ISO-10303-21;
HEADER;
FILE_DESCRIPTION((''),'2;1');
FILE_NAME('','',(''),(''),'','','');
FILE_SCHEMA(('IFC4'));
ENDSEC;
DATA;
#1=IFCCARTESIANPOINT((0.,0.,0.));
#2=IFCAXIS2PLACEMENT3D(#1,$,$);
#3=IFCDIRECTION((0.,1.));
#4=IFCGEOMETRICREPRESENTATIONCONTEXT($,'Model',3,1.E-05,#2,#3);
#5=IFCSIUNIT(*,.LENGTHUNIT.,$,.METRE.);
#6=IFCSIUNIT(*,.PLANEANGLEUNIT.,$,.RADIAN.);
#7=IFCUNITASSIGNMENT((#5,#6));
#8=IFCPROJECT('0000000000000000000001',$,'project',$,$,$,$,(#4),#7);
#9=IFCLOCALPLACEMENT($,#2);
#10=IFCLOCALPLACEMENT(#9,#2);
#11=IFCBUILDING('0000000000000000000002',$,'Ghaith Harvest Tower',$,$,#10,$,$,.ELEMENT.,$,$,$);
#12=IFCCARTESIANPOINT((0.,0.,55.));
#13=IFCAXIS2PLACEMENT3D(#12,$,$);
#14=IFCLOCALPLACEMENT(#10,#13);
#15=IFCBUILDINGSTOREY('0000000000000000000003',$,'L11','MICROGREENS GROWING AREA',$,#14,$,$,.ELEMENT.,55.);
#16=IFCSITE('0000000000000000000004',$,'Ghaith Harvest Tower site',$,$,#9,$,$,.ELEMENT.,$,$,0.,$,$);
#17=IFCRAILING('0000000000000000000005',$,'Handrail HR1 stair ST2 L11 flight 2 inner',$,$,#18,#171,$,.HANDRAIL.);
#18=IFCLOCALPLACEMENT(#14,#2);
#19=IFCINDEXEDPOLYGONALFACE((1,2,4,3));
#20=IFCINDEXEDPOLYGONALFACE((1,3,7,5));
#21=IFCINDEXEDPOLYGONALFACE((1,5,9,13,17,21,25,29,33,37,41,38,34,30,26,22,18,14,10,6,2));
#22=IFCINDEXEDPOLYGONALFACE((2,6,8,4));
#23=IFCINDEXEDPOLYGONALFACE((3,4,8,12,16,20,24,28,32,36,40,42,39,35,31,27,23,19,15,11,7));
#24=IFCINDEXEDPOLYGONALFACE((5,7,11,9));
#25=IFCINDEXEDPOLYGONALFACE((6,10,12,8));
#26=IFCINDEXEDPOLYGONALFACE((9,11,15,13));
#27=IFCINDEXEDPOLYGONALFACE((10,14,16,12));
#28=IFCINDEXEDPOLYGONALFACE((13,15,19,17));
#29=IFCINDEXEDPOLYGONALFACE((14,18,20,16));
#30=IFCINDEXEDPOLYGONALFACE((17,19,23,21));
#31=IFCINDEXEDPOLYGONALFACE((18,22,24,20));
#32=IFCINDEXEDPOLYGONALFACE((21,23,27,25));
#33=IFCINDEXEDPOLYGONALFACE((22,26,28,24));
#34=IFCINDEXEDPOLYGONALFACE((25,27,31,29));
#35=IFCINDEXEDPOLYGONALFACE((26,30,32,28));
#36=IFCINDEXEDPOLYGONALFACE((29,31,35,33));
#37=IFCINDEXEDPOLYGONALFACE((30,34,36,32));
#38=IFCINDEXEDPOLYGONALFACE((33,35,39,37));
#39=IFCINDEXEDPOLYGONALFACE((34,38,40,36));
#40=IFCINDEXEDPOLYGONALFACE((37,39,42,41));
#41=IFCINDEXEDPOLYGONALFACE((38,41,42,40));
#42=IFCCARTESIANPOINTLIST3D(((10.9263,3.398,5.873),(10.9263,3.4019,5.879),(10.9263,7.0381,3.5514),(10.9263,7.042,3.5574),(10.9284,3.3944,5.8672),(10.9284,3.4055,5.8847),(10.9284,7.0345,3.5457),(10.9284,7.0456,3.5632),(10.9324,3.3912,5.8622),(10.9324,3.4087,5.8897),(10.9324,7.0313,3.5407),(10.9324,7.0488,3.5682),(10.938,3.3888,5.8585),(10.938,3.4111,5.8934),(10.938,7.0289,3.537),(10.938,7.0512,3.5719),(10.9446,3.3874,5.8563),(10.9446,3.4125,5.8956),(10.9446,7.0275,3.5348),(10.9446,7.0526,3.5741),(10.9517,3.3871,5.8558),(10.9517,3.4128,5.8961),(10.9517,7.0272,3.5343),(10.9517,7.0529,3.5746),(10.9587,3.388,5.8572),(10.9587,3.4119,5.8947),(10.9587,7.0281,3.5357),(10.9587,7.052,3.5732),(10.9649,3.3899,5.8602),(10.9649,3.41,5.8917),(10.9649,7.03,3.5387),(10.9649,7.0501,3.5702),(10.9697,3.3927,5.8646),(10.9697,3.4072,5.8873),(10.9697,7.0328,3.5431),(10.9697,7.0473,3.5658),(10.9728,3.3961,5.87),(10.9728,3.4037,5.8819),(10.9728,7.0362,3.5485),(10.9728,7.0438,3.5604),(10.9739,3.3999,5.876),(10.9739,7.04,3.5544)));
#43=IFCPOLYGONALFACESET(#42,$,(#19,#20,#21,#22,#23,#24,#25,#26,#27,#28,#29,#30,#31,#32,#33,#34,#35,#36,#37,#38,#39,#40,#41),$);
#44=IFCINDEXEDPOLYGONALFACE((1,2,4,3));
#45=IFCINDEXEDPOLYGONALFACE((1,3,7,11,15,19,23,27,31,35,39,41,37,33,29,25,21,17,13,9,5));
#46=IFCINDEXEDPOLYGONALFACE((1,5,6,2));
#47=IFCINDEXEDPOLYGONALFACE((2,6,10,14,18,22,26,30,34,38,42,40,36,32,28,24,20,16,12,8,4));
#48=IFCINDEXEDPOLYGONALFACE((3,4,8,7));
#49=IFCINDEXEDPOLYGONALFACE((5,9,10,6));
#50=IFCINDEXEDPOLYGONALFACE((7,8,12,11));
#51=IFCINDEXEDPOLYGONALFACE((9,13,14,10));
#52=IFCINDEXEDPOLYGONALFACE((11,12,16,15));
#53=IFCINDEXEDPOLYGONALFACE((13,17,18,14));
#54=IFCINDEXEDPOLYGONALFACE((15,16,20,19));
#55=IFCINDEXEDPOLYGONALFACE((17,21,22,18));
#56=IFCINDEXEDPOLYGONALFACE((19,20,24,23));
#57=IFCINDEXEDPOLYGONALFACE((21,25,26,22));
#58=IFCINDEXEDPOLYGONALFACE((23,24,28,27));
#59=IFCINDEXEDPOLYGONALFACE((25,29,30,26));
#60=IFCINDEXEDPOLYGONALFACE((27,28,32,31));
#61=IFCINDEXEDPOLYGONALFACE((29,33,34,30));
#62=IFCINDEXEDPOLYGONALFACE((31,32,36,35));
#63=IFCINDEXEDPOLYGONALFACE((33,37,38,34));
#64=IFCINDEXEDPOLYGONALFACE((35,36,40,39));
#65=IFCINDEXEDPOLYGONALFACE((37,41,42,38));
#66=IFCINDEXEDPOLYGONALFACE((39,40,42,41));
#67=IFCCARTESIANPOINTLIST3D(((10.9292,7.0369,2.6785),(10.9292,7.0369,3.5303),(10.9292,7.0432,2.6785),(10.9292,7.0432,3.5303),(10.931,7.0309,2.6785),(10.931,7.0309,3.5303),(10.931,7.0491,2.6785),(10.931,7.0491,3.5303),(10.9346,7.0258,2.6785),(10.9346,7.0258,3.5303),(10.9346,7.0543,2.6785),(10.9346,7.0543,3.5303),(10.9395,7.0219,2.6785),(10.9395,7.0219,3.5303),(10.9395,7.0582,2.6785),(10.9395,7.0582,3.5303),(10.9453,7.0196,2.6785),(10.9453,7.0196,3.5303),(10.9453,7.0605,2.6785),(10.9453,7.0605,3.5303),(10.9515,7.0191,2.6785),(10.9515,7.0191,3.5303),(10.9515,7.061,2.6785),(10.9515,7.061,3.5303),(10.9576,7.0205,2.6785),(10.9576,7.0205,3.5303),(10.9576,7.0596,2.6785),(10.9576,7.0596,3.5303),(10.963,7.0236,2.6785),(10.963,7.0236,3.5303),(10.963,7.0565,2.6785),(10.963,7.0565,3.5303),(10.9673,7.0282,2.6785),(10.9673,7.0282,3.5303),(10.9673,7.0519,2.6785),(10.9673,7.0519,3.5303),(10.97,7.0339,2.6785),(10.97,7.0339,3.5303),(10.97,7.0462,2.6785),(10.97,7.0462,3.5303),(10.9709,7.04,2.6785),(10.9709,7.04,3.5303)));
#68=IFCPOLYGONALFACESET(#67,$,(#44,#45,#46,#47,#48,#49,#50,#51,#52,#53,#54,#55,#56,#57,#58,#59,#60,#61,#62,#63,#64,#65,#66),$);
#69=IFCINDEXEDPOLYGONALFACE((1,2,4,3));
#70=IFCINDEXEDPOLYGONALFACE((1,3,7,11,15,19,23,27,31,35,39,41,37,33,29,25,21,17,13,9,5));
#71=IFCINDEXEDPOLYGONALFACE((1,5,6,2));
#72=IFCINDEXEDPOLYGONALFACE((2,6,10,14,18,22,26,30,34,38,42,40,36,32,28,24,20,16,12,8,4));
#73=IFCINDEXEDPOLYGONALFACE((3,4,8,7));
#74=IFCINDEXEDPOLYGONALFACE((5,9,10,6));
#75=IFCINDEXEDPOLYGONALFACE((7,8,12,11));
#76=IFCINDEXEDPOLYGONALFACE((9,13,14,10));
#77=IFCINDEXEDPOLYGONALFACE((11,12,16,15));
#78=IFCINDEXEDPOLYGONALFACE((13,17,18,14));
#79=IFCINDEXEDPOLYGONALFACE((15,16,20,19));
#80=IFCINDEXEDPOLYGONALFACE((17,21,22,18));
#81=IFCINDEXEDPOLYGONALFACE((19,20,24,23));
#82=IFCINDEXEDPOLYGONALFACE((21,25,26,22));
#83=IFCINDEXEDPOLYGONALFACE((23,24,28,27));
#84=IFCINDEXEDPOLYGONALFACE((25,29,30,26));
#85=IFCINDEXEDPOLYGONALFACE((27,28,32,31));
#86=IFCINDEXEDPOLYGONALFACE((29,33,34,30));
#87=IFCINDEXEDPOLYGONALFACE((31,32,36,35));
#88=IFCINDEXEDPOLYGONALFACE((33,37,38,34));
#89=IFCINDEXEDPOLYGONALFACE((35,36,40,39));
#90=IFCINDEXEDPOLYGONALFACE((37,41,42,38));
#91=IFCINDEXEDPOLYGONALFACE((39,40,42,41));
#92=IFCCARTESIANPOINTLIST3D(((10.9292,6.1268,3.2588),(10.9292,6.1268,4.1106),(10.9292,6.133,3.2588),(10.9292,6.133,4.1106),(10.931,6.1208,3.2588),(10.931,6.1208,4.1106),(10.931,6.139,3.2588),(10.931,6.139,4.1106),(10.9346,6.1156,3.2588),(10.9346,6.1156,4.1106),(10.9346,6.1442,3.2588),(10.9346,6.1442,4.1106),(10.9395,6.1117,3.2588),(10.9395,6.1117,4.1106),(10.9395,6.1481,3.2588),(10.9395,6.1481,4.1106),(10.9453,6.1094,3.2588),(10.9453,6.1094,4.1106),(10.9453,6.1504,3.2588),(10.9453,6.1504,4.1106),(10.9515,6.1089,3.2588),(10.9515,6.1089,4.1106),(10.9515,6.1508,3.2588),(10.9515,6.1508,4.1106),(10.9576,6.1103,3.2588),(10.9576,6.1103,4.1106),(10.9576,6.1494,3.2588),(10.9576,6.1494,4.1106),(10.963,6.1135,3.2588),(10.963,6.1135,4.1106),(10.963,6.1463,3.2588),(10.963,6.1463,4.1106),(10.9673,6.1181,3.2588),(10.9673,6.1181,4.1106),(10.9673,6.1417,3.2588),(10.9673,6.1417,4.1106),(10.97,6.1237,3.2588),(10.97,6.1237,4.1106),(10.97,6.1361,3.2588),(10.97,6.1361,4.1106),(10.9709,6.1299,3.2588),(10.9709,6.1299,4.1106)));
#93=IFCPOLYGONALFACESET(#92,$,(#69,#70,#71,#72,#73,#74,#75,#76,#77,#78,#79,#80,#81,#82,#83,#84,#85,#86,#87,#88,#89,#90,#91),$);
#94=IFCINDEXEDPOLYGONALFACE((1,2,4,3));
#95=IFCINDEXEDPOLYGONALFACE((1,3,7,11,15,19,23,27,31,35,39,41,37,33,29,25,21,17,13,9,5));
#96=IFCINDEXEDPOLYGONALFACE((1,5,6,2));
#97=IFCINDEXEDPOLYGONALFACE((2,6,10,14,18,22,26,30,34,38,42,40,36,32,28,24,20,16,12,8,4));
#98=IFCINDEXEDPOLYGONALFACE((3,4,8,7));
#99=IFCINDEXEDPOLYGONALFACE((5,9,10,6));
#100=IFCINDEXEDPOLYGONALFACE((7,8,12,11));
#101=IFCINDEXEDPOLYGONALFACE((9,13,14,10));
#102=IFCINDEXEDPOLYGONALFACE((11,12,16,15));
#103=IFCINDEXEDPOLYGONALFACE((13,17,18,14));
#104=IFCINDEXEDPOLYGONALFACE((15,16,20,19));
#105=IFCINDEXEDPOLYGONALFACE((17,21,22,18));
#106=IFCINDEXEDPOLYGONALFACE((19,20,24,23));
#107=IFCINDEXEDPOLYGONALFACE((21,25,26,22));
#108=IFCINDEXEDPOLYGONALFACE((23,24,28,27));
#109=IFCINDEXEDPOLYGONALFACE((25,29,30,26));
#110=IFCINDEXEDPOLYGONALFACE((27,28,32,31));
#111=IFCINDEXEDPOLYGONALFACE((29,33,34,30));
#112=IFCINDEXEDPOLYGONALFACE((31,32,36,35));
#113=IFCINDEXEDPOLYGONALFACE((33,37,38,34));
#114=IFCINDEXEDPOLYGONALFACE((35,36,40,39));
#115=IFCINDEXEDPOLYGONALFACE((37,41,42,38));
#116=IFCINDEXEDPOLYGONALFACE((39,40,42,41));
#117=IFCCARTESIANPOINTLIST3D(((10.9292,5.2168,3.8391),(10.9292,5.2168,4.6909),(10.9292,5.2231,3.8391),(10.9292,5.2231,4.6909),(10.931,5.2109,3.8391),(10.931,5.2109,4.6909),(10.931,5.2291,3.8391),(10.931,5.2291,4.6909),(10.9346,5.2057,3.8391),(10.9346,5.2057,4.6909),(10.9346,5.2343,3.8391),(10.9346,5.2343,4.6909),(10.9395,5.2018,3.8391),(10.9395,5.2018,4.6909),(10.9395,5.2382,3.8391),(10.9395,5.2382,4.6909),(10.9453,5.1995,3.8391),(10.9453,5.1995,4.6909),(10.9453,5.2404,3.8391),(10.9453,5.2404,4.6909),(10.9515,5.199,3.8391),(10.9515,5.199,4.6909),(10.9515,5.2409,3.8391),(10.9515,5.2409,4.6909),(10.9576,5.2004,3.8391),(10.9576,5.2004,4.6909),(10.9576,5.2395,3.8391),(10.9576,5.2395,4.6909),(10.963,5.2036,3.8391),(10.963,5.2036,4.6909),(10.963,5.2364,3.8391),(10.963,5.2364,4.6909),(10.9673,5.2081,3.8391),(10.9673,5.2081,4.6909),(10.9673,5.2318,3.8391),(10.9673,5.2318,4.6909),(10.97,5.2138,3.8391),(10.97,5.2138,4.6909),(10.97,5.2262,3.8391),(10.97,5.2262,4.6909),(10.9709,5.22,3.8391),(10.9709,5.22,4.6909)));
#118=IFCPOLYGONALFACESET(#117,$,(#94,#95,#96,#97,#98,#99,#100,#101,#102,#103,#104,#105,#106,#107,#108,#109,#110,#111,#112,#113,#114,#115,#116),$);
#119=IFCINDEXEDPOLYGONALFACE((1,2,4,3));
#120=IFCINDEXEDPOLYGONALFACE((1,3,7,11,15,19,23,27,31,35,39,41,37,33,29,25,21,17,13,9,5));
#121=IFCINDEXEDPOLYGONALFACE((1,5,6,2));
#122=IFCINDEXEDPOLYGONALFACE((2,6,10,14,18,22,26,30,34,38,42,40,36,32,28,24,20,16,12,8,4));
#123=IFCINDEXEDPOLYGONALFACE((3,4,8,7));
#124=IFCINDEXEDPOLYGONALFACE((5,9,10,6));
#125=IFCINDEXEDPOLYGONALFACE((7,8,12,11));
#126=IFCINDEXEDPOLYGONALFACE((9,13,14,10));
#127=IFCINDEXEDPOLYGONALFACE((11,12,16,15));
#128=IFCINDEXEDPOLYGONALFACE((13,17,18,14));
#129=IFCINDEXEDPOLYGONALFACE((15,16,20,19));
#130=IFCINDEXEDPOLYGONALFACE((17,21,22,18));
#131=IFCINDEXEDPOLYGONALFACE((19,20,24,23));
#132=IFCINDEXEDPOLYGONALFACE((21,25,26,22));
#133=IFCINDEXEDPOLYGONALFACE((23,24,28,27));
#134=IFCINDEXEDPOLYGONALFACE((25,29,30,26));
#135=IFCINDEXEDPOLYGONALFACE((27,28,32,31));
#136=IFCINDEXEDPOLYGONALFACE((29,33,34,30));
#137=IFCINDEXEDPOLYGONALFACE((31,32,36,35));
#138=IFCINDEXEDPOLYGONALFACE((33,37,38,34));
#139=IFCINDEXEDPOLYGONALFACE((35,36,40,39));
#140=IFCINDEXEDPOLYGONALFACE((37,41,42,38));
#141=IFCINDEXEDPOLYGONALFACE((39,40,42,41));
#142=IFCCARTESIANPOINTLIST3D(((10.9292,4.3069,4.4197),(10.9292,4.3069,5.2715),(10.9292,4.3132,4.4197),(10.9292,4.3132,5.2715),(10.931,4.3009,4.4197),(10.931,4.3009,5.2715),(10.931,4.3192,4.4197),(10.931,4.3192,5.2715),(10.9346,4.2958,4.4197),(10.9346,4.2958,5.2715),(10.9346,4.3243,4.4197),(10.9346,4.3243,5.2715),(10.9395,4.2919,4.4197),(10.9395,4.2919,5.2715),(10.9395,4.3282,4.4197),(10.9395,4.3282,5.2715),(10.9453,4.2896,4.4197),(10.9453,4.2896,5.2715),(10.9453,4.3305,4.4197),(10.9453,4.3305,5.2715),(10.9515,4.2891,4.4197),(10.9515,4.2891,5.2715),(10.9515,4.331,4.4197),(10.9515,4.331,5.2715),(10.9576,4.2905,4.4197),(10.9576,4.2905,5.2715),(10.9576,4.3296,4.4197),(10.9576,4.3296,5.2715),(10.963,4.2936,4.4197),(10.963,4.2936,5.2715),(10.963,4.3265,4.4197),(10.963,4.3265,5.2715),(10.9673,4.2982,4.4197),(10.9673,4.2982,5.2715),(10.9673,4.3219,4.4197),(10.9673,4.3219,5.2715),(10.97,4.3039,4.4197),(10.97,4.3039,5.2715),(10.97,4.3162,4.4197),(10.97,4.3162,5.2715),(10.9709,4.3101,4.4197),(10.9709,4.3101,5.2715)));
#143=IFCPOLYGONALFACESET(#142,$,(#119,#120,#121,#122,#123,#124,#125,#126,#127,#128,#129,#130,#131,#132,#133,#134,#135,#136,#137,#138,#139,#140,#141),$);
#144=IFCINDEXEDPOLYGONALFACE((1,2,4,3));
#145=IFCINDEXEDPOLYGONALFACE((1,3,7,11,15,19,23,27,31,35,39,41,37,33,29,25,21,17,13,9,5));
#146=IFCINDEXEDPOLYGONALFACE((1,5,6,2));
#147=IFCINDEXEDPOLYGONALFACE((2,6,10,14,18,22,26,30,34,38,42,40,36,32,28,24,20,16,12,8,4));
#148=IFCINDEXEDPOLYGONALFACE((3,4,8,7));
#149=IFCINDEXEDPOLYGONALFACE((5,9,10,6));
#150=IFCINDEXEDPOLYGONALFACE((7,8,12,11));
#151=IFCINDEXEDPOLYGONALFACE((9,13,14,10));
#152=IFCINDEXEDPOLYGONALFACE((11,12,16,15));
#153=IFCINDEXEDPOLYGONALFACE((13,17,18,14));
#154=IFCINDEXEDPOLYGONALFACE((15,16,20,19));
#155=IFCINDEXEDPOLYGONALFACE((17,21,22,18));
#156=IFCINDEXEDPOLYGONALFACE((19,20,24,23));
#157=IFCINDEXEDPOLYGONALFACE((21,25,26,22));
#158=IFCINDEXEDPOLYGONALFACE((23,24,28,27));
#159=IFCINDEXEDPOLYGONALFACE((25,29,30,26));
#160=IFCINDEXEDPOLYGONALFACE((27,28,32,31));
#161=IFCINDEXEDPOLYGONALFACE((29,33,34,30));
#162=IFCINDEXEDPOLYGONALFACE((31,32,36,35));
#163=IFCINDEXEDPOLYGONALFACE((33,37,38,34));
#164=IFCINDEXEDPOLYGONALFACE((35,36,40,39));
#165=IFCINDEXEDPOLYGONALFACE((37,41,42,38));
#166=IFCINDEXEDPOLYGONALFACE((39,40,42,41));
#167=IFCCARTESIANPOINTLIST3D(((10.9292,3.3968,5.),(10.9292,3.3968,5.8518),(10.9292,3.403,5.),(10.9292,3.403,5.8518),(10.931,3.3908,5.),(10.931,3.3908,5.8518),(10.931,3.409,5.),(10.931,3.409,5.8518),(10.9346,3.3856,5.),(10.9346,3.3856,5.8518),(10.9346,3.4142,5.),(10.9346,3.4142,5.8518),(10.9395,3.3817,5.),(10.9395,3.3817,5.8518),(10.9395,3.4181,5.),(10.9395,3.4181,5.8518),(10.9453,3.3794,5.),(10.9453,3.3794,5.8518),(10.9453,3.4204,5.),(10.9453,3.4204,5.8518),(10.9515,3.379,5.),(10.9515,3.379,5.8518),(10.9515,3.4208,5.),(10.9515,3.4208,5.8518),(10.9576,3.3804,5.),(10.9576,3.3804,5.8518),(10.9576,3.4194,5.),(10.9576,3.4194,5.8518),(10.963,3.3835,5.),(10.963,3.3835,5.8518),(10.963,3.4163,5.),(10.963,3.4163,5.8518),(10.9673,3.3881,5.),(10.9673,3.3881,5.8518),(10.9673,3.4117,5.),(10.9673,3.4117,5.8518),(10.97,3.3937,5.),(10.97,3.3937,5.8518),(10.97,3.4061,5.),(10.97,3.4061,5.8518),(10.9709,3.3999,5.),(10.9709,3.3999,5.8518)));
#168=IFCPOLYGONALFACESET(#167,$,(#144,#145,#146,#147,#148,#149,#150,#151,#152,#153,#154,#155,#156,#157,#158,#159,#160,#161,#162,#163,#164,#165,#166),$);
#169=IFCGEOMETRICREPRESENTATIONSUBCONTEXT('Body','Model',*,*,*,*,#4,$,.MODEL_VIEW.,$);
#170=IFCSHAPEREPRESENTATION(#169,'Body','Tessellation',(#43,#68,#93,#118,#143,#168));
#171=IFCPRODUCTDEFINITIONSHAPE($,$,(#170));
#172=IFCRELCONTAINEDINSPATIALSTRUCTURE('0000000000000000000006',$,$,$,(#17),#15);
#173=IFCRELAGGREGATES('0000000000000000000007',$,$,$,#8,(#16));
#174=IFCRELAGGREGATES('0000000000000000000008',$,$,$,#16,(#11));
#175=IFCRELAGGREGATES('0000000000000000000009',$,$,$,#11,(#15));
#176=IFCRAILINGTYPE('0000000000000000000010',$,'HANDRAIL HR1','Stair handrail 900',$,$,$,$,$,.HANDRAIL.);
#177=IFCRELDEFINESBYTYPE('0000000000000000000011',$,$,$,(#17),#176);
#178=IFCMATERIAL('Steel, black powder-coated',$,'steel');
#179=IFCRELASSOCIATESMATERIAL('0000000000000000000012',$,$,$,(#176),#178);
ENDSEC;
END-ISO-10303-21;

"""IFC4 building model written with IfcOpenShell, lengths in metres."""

from ifc_helpers import new_model, si_unit, direction, frame, origin, origin_2d, place, context, subcontext, project, spatial, circle, extrude, material, type_object, element, save


model = new_model("IFC4")

# Units and contexts
model_context = context("Model", 3, precision=1e-05, world=origin(), true_north=direction((0.0, 1.0)))
body_context = subcontext(model_context, "Body", "Model", "MODEL_VIEW")
ifc_project = project(units=[si_unit("LENGTHUNIT", "METRE"), si_unit("PLANEANGLEUNIT", "RADIAN")], contexts=[model_context])

# Site, building, storey
site_placement = place(None, origin())
site = spatial("IfcSite", under=ifc_project, at=site_placement, Name="Ghaith Harvest Tower site", CompositionType="ELEMENT", RefElevation=0.0)
building_placement = place(site_placement, origin())
building = spatial("IfcBuilding", under=site, at=building_placement, Name="Ghaith Harvest Tower", CompositionType="ELEMENT")
storey_placement = place(building_placement, frame((0.0, 0.0, 55.0)))
storey = spatial("IfcBuildingStorey", under=building, at=storey_placement, Name="L11", Description="MICROGREENS GROWING AREA", CompositionType="ELEMENT", Elevation=55.0)

# Railing
ifc_material_1 = material(Name="Steel, black powder-coated", Category="steel")
railing_type = type_object("IfcRailingType", Name="HANDRAIL HR1", Description="Stair handrail 900", PredefinedType="HANDRAIL", material=ifc_material_1)
railing_1_placement = place(storey_placement, frame((10.95, 7.04, 2.6785)))
element("IfcRailing", 1, at=railing_1_placement, inside=storey, type_object=railing_type, Name="Handrail HR1 stair ST2 L11 flight 2 inner", PredefinedType="HANDRAIL", context=body_context, shape_type="SweptSolid", body=[
    extrude(circle(Radius=0.0239, at=origin_2d()), frame((0.0, 0.0, 0.876), z_axis=(0.0, -0.843128, 0.537713), x_axis=(1.0, 0.0, 0.0)), (0.0, 0.0, 1.0), 4.3174),
    extrude(circle(Radius=0.021, at=origin_2d()), origin(), (0.0, 0.0, 1.0), 0.8518),
    extrude(circle(Radius=0.021, at=origin_2d()), frame((0.0, -0.9102, 0.5803)), (0.0, 0.0, 1.0), 0.8518),
    extrude(circle(Radius=0.021, at=origin_2d()), frame((0.0, -1.8201, 1.1606)), (0.0, 0.0, 1.0), 0.8518),
    extrude(circle(Radius=0.021, at=origin_2d()), frame((0.0, -2.73, 1.7412)), (0.0, 0.0, 1.0), 0.8518),
    extrude(circle(Radius=0.021, at=origin_2d()), frame((0.0, -3.6401, 2.3215)), (0.0, 0.0, 1.0), 0.8518),
])

save(model, "model.ifc")
